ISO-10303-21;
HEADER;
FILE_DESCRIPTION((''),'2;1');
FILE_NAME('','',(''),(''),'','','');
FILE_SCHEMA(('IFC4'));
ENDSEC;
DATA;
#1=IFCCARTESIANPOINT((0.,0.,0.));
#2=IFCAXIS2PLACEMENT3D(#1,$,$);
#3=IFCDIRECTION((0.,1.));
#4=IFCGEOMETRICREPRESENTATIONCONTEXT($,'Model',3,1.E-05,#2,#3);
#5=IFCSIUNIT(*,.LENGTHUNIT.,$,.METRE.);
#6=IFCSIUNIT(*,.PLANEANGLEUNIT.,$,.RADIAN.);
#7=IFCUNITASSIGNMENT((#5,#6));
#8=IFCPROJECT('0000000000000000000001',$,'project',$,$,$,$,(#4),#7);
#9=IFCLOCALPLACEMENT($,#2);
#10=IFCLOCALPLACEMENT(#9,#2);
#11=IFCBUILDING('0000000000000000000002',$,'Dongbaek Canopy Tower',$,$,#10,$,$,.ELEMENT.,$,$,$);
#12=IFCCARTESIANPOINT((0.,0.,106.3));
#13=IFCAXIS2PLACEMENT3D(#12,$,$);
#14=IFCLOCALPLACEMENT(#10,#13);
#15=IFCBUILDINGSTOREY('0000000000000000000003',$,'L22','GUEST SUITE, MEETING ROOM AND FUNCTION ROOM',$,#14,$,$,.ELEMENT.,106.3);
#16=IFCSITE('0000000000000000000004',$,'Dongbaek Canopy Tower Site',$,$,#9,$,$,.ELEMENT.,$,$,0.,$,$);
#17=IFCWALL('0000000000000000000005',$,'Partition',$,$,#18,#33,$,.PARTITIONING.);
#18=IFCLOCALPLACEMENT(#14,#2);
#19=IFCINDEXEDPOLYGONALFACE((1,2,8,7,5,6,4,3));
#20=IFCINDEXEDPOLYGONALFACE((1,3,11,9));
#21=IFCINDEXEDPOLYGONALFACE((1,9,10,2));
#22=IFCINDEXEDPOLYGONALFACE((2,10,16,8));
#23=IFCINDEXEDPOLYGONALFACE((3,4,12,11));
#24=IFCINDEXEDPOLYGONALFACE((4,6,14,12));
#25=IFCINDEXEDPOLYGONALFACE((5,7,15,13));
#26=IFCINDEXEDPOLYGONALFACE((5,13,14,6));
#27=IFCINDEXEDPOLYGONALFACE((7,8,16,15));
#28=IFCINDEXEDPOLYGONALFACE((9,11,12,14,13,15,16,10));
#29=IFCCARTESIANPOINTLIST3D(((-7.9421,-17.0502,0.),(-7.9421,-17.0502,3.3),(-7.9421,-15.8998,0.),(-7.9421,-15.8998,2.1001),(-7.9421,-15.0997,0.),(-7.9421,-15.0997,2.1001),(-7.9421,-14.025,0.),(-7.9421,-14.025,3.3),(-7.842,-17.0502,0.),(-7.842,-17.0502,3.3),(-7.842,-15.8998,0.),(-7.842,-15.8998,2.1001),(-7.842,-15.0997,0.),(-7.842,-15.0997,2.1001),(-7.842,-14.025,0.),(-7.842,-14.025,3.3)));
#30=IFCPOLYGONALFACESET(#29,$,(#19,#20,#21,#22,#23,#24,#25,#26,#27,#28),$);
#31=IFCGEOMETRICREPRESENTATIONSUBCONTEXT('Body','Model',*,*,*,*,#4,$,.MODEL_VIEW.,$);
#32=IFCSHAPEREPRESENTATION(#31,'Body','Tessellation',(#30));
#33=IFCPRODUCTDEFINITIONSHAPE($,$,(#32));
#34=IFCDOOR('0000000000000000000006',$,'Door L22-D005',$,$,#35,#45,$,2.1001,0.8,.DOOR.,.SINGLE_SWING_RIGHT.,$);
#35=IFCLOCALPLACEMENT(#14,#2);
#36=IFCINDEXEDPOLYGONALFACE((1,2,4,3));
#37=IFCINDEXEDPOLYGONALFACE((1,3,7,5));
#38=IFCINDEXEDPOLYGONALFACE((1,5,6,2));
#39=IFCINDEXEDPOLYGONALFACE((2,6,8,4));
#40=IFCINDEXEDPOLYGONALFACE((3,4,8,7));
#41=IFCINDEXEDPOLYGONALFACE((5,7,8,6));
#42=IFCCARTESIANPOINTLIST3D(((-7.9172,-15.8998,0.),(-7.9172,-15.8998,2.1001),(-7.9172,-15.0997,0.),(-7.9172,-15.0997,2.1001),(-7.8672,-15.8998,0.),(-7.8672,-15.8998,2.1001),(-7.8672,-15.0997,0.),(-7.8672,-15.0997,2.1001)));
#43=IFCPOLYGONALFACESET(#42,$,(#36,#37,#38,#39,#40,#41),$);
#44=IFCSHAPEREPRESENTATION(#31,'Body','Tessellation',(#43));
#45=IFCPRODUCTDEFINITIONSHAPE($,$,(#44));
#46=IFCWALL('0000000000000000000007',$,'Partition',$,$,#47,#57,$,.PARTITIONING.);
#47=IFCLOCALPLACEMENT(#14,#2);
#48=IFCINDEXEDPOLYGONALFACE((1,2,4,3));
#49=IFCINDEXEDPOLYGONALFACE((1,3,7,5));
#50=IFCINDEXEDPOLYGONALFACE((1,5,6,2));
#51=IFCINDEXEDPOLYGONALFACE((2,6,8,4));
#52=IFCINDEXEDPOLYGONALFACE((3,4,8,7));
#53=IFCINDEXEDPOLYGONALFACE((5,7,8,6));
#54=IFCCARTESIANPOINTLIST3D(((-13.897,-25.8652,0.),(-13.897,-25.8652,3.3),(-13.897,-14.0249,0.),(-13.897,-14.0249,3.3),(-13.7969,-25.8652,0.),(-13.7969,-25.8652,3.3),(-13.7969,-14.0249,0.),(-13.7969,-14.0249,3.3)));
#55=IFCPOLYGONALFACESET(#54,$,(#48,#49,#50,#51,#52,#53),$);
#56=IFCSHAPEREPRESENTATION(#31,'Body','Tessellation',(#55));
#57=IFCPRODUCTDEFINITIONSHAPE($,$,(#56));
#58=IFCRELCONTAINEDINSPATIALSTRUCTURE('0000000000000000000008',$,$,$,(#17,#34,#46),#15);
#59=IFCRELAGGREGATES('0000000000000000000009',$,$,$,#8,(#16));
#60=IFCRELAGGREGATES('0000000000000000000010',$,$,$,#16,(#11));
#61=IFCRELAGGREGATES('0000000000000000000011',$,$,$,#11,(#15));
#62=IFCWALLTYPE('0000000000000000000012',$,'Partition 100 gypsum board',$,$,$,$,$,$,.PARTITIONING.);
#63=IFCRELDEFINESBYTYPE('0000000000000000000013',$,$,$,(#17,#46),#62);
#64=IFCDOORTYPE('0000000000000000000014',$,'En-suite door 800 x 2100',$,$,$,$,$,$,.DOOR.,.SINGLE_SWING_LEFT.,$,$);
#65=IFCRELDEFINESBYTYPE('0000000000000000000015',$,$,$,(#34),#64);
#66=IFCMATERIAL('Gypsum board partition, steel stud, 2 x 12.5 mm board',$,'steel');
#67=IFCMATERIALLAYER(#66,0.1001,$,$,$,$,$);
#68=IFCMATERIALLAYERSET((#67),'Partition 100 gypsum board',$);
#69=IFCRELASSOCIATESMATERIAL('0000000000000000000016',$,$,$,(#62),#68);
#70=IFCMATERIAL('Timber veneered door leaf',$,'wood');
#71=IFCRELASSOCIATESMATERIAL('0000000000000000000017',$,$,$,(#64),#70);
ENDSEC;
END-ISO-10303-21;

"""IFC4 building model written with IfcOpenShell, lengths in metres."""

from ifc_helpers import new_model, si_unit, direction, frame, frame_2d, origin, place, context, subcontext, project, spatial, rectangle, extrude, material, layer, layer_set, type_object, element, fill, save


model = new_model("IFC4")

# Units and contexts
model_context = context("Model", 3, precision=1e-05, world=origin(), true_north=direction((0.0, 1.0)))
body_context = subcontext(model_context, "Body", "Model", "MODEL_VIEW")
ifc_project = project(units=[si_unit("LENGTHUNIT", "METRE"), si_unit("PLANEANGLEUNIT", "RADIAN")], contexts=[model_context])

# Site, building, storey
site_placement = place(None, origin())
site = spatial("IfcSite", under=ifc_project, at=site_placement, Name="Dongbaek Canopy Tower Site", CompositionType="ELEMENT", RefElevation=0.0)
building_placement = place(site_placement, origin())
building = spatial("IfcBuilding", under=site, at=building_placement, Name="Dongbaek Canopy Tower", CompositionType="ELEMENT")
storey_placement = place(building_placement, frame((0.0, 0.0, 106.3)))
storey = spatial("IfcBuildingStorey", under=building, at=storey_placement, Name="L22", Description="GUEST SUITE, MEETING ROOM AND FUNCTION ROOM", CompositionType="ELEMENT", Elevation=106.3)

# Shared definitions
ifc_material_1 = material(Name="Gypsum board partition, steel stud, 2 x 12.5 mm board", Category="steel")
ifc_layer_1 = layer(ifc_material_1, 0.1001)
ifc_layer_set_1 = layer_set([ifc_layer_1], Name="Partition 100 gypsum board")
wall_type_1 = type_object("IfcWallType", Name="Partition 100 gypsum board", PredefinedType="PARTITIONING", material=ifc_layer_set_1)

# Shared definitions
ifc_material_2 = material(Name="Timber veneered door leaf", Category="wood")
door_type = type_object("IfcDoorType", Name="En-suite door 800 x 2100", OperationType="SINGLE_SWING_LEFT", PredefinedType="DOOR", material=ifc_material_2)

# Wall, opening, door
wall_1_placement = place(storey_placement, frame((-7.8921, -14.0249, 0.0), z_axis=(0.0, 0.0, 1.0), x_axis=(0.0, -1.0, 0.0)))
wall_1 = element("IfcWall", 1, at=wall_1_placement, inside=storey, type_object=wall_type_1, Name="Partition", PredefinedType="PARTITIONING", context=body_context, shape_type="SweptSolid", body=[
    extrude(rectangle(XDim=3.0251, YDim=0.1001, at=frame_2d((1.5127, 0.0))), origin(), (0.0, 0.0, 1.0), 3.3),
])
opening_1_placement = place(wall_1_placement, frame((1.075, 0.0, 0.0)))
opening_1 = element("IfcOpeningElement", 2, at=opening_1_placement, cuts=wall_1, PredefinedType="OPENING", context=body_context, shape_type="SweptSolid", body=[
    extrude(rectangle(XDim=0.8, YDim=2.1001, at=frame_2d((0.3999, 1.05))), frame((0.0, 0.0601, 0.0), z_axis=(0.0, -1.0, 0.0), x_axis=(1.0, 0.0, 0.0)), (0.0, 0.0, 1.0), 0.1201),
])
door_1_placement = place(opening_1_placement, origin())
door_1 = element("IfcDoor", 3, at=door_1_placement, inside=storey, type_object=door_type, Name="Door L22-D005", OperationType="SINGLE_SWING_RIGHT", OverallHeight=2.1001, OverallWidth=0.8, PredefinedType="DOOR", context=body_context, shape_type="SweptSolid", body=[
    extrude(rectangle(XDim=0.8, YDim=2.1001, at=frame_2d((0.3999, 1.05))), frame((0.0, 0.0249, 0.0), z_axis=(0.0, -1.0, 0.0), x_axis=(1.0, 0.0, 0.0)), (0.0, 0.0, 1.0), 0.05),
])
fill(opening_1, door_1)

# Wall
wall_2_placement = place(storey_placement, frame((-13.8469, -25.8652, 0.0), z_axis=(0.0, 0.0, 1.0), x_axis=(0.0, 1.0, 0.0)))
element("IfcWall", 4, at=wall_2_placement, inside=storey, type_object=wall_type_1, Name="Partition", PredefinedType="PARTITIONING", context=body_context, shape_type="SweptSolid", body=[
    extrude(rectangle(XDim=11.8403, YDim=0.1001, at=frame_2d((5.9202, 0.0))), origin(), (0.0, 0.0, 1.0), 3.3),
])

save(model, "model.ifc")
